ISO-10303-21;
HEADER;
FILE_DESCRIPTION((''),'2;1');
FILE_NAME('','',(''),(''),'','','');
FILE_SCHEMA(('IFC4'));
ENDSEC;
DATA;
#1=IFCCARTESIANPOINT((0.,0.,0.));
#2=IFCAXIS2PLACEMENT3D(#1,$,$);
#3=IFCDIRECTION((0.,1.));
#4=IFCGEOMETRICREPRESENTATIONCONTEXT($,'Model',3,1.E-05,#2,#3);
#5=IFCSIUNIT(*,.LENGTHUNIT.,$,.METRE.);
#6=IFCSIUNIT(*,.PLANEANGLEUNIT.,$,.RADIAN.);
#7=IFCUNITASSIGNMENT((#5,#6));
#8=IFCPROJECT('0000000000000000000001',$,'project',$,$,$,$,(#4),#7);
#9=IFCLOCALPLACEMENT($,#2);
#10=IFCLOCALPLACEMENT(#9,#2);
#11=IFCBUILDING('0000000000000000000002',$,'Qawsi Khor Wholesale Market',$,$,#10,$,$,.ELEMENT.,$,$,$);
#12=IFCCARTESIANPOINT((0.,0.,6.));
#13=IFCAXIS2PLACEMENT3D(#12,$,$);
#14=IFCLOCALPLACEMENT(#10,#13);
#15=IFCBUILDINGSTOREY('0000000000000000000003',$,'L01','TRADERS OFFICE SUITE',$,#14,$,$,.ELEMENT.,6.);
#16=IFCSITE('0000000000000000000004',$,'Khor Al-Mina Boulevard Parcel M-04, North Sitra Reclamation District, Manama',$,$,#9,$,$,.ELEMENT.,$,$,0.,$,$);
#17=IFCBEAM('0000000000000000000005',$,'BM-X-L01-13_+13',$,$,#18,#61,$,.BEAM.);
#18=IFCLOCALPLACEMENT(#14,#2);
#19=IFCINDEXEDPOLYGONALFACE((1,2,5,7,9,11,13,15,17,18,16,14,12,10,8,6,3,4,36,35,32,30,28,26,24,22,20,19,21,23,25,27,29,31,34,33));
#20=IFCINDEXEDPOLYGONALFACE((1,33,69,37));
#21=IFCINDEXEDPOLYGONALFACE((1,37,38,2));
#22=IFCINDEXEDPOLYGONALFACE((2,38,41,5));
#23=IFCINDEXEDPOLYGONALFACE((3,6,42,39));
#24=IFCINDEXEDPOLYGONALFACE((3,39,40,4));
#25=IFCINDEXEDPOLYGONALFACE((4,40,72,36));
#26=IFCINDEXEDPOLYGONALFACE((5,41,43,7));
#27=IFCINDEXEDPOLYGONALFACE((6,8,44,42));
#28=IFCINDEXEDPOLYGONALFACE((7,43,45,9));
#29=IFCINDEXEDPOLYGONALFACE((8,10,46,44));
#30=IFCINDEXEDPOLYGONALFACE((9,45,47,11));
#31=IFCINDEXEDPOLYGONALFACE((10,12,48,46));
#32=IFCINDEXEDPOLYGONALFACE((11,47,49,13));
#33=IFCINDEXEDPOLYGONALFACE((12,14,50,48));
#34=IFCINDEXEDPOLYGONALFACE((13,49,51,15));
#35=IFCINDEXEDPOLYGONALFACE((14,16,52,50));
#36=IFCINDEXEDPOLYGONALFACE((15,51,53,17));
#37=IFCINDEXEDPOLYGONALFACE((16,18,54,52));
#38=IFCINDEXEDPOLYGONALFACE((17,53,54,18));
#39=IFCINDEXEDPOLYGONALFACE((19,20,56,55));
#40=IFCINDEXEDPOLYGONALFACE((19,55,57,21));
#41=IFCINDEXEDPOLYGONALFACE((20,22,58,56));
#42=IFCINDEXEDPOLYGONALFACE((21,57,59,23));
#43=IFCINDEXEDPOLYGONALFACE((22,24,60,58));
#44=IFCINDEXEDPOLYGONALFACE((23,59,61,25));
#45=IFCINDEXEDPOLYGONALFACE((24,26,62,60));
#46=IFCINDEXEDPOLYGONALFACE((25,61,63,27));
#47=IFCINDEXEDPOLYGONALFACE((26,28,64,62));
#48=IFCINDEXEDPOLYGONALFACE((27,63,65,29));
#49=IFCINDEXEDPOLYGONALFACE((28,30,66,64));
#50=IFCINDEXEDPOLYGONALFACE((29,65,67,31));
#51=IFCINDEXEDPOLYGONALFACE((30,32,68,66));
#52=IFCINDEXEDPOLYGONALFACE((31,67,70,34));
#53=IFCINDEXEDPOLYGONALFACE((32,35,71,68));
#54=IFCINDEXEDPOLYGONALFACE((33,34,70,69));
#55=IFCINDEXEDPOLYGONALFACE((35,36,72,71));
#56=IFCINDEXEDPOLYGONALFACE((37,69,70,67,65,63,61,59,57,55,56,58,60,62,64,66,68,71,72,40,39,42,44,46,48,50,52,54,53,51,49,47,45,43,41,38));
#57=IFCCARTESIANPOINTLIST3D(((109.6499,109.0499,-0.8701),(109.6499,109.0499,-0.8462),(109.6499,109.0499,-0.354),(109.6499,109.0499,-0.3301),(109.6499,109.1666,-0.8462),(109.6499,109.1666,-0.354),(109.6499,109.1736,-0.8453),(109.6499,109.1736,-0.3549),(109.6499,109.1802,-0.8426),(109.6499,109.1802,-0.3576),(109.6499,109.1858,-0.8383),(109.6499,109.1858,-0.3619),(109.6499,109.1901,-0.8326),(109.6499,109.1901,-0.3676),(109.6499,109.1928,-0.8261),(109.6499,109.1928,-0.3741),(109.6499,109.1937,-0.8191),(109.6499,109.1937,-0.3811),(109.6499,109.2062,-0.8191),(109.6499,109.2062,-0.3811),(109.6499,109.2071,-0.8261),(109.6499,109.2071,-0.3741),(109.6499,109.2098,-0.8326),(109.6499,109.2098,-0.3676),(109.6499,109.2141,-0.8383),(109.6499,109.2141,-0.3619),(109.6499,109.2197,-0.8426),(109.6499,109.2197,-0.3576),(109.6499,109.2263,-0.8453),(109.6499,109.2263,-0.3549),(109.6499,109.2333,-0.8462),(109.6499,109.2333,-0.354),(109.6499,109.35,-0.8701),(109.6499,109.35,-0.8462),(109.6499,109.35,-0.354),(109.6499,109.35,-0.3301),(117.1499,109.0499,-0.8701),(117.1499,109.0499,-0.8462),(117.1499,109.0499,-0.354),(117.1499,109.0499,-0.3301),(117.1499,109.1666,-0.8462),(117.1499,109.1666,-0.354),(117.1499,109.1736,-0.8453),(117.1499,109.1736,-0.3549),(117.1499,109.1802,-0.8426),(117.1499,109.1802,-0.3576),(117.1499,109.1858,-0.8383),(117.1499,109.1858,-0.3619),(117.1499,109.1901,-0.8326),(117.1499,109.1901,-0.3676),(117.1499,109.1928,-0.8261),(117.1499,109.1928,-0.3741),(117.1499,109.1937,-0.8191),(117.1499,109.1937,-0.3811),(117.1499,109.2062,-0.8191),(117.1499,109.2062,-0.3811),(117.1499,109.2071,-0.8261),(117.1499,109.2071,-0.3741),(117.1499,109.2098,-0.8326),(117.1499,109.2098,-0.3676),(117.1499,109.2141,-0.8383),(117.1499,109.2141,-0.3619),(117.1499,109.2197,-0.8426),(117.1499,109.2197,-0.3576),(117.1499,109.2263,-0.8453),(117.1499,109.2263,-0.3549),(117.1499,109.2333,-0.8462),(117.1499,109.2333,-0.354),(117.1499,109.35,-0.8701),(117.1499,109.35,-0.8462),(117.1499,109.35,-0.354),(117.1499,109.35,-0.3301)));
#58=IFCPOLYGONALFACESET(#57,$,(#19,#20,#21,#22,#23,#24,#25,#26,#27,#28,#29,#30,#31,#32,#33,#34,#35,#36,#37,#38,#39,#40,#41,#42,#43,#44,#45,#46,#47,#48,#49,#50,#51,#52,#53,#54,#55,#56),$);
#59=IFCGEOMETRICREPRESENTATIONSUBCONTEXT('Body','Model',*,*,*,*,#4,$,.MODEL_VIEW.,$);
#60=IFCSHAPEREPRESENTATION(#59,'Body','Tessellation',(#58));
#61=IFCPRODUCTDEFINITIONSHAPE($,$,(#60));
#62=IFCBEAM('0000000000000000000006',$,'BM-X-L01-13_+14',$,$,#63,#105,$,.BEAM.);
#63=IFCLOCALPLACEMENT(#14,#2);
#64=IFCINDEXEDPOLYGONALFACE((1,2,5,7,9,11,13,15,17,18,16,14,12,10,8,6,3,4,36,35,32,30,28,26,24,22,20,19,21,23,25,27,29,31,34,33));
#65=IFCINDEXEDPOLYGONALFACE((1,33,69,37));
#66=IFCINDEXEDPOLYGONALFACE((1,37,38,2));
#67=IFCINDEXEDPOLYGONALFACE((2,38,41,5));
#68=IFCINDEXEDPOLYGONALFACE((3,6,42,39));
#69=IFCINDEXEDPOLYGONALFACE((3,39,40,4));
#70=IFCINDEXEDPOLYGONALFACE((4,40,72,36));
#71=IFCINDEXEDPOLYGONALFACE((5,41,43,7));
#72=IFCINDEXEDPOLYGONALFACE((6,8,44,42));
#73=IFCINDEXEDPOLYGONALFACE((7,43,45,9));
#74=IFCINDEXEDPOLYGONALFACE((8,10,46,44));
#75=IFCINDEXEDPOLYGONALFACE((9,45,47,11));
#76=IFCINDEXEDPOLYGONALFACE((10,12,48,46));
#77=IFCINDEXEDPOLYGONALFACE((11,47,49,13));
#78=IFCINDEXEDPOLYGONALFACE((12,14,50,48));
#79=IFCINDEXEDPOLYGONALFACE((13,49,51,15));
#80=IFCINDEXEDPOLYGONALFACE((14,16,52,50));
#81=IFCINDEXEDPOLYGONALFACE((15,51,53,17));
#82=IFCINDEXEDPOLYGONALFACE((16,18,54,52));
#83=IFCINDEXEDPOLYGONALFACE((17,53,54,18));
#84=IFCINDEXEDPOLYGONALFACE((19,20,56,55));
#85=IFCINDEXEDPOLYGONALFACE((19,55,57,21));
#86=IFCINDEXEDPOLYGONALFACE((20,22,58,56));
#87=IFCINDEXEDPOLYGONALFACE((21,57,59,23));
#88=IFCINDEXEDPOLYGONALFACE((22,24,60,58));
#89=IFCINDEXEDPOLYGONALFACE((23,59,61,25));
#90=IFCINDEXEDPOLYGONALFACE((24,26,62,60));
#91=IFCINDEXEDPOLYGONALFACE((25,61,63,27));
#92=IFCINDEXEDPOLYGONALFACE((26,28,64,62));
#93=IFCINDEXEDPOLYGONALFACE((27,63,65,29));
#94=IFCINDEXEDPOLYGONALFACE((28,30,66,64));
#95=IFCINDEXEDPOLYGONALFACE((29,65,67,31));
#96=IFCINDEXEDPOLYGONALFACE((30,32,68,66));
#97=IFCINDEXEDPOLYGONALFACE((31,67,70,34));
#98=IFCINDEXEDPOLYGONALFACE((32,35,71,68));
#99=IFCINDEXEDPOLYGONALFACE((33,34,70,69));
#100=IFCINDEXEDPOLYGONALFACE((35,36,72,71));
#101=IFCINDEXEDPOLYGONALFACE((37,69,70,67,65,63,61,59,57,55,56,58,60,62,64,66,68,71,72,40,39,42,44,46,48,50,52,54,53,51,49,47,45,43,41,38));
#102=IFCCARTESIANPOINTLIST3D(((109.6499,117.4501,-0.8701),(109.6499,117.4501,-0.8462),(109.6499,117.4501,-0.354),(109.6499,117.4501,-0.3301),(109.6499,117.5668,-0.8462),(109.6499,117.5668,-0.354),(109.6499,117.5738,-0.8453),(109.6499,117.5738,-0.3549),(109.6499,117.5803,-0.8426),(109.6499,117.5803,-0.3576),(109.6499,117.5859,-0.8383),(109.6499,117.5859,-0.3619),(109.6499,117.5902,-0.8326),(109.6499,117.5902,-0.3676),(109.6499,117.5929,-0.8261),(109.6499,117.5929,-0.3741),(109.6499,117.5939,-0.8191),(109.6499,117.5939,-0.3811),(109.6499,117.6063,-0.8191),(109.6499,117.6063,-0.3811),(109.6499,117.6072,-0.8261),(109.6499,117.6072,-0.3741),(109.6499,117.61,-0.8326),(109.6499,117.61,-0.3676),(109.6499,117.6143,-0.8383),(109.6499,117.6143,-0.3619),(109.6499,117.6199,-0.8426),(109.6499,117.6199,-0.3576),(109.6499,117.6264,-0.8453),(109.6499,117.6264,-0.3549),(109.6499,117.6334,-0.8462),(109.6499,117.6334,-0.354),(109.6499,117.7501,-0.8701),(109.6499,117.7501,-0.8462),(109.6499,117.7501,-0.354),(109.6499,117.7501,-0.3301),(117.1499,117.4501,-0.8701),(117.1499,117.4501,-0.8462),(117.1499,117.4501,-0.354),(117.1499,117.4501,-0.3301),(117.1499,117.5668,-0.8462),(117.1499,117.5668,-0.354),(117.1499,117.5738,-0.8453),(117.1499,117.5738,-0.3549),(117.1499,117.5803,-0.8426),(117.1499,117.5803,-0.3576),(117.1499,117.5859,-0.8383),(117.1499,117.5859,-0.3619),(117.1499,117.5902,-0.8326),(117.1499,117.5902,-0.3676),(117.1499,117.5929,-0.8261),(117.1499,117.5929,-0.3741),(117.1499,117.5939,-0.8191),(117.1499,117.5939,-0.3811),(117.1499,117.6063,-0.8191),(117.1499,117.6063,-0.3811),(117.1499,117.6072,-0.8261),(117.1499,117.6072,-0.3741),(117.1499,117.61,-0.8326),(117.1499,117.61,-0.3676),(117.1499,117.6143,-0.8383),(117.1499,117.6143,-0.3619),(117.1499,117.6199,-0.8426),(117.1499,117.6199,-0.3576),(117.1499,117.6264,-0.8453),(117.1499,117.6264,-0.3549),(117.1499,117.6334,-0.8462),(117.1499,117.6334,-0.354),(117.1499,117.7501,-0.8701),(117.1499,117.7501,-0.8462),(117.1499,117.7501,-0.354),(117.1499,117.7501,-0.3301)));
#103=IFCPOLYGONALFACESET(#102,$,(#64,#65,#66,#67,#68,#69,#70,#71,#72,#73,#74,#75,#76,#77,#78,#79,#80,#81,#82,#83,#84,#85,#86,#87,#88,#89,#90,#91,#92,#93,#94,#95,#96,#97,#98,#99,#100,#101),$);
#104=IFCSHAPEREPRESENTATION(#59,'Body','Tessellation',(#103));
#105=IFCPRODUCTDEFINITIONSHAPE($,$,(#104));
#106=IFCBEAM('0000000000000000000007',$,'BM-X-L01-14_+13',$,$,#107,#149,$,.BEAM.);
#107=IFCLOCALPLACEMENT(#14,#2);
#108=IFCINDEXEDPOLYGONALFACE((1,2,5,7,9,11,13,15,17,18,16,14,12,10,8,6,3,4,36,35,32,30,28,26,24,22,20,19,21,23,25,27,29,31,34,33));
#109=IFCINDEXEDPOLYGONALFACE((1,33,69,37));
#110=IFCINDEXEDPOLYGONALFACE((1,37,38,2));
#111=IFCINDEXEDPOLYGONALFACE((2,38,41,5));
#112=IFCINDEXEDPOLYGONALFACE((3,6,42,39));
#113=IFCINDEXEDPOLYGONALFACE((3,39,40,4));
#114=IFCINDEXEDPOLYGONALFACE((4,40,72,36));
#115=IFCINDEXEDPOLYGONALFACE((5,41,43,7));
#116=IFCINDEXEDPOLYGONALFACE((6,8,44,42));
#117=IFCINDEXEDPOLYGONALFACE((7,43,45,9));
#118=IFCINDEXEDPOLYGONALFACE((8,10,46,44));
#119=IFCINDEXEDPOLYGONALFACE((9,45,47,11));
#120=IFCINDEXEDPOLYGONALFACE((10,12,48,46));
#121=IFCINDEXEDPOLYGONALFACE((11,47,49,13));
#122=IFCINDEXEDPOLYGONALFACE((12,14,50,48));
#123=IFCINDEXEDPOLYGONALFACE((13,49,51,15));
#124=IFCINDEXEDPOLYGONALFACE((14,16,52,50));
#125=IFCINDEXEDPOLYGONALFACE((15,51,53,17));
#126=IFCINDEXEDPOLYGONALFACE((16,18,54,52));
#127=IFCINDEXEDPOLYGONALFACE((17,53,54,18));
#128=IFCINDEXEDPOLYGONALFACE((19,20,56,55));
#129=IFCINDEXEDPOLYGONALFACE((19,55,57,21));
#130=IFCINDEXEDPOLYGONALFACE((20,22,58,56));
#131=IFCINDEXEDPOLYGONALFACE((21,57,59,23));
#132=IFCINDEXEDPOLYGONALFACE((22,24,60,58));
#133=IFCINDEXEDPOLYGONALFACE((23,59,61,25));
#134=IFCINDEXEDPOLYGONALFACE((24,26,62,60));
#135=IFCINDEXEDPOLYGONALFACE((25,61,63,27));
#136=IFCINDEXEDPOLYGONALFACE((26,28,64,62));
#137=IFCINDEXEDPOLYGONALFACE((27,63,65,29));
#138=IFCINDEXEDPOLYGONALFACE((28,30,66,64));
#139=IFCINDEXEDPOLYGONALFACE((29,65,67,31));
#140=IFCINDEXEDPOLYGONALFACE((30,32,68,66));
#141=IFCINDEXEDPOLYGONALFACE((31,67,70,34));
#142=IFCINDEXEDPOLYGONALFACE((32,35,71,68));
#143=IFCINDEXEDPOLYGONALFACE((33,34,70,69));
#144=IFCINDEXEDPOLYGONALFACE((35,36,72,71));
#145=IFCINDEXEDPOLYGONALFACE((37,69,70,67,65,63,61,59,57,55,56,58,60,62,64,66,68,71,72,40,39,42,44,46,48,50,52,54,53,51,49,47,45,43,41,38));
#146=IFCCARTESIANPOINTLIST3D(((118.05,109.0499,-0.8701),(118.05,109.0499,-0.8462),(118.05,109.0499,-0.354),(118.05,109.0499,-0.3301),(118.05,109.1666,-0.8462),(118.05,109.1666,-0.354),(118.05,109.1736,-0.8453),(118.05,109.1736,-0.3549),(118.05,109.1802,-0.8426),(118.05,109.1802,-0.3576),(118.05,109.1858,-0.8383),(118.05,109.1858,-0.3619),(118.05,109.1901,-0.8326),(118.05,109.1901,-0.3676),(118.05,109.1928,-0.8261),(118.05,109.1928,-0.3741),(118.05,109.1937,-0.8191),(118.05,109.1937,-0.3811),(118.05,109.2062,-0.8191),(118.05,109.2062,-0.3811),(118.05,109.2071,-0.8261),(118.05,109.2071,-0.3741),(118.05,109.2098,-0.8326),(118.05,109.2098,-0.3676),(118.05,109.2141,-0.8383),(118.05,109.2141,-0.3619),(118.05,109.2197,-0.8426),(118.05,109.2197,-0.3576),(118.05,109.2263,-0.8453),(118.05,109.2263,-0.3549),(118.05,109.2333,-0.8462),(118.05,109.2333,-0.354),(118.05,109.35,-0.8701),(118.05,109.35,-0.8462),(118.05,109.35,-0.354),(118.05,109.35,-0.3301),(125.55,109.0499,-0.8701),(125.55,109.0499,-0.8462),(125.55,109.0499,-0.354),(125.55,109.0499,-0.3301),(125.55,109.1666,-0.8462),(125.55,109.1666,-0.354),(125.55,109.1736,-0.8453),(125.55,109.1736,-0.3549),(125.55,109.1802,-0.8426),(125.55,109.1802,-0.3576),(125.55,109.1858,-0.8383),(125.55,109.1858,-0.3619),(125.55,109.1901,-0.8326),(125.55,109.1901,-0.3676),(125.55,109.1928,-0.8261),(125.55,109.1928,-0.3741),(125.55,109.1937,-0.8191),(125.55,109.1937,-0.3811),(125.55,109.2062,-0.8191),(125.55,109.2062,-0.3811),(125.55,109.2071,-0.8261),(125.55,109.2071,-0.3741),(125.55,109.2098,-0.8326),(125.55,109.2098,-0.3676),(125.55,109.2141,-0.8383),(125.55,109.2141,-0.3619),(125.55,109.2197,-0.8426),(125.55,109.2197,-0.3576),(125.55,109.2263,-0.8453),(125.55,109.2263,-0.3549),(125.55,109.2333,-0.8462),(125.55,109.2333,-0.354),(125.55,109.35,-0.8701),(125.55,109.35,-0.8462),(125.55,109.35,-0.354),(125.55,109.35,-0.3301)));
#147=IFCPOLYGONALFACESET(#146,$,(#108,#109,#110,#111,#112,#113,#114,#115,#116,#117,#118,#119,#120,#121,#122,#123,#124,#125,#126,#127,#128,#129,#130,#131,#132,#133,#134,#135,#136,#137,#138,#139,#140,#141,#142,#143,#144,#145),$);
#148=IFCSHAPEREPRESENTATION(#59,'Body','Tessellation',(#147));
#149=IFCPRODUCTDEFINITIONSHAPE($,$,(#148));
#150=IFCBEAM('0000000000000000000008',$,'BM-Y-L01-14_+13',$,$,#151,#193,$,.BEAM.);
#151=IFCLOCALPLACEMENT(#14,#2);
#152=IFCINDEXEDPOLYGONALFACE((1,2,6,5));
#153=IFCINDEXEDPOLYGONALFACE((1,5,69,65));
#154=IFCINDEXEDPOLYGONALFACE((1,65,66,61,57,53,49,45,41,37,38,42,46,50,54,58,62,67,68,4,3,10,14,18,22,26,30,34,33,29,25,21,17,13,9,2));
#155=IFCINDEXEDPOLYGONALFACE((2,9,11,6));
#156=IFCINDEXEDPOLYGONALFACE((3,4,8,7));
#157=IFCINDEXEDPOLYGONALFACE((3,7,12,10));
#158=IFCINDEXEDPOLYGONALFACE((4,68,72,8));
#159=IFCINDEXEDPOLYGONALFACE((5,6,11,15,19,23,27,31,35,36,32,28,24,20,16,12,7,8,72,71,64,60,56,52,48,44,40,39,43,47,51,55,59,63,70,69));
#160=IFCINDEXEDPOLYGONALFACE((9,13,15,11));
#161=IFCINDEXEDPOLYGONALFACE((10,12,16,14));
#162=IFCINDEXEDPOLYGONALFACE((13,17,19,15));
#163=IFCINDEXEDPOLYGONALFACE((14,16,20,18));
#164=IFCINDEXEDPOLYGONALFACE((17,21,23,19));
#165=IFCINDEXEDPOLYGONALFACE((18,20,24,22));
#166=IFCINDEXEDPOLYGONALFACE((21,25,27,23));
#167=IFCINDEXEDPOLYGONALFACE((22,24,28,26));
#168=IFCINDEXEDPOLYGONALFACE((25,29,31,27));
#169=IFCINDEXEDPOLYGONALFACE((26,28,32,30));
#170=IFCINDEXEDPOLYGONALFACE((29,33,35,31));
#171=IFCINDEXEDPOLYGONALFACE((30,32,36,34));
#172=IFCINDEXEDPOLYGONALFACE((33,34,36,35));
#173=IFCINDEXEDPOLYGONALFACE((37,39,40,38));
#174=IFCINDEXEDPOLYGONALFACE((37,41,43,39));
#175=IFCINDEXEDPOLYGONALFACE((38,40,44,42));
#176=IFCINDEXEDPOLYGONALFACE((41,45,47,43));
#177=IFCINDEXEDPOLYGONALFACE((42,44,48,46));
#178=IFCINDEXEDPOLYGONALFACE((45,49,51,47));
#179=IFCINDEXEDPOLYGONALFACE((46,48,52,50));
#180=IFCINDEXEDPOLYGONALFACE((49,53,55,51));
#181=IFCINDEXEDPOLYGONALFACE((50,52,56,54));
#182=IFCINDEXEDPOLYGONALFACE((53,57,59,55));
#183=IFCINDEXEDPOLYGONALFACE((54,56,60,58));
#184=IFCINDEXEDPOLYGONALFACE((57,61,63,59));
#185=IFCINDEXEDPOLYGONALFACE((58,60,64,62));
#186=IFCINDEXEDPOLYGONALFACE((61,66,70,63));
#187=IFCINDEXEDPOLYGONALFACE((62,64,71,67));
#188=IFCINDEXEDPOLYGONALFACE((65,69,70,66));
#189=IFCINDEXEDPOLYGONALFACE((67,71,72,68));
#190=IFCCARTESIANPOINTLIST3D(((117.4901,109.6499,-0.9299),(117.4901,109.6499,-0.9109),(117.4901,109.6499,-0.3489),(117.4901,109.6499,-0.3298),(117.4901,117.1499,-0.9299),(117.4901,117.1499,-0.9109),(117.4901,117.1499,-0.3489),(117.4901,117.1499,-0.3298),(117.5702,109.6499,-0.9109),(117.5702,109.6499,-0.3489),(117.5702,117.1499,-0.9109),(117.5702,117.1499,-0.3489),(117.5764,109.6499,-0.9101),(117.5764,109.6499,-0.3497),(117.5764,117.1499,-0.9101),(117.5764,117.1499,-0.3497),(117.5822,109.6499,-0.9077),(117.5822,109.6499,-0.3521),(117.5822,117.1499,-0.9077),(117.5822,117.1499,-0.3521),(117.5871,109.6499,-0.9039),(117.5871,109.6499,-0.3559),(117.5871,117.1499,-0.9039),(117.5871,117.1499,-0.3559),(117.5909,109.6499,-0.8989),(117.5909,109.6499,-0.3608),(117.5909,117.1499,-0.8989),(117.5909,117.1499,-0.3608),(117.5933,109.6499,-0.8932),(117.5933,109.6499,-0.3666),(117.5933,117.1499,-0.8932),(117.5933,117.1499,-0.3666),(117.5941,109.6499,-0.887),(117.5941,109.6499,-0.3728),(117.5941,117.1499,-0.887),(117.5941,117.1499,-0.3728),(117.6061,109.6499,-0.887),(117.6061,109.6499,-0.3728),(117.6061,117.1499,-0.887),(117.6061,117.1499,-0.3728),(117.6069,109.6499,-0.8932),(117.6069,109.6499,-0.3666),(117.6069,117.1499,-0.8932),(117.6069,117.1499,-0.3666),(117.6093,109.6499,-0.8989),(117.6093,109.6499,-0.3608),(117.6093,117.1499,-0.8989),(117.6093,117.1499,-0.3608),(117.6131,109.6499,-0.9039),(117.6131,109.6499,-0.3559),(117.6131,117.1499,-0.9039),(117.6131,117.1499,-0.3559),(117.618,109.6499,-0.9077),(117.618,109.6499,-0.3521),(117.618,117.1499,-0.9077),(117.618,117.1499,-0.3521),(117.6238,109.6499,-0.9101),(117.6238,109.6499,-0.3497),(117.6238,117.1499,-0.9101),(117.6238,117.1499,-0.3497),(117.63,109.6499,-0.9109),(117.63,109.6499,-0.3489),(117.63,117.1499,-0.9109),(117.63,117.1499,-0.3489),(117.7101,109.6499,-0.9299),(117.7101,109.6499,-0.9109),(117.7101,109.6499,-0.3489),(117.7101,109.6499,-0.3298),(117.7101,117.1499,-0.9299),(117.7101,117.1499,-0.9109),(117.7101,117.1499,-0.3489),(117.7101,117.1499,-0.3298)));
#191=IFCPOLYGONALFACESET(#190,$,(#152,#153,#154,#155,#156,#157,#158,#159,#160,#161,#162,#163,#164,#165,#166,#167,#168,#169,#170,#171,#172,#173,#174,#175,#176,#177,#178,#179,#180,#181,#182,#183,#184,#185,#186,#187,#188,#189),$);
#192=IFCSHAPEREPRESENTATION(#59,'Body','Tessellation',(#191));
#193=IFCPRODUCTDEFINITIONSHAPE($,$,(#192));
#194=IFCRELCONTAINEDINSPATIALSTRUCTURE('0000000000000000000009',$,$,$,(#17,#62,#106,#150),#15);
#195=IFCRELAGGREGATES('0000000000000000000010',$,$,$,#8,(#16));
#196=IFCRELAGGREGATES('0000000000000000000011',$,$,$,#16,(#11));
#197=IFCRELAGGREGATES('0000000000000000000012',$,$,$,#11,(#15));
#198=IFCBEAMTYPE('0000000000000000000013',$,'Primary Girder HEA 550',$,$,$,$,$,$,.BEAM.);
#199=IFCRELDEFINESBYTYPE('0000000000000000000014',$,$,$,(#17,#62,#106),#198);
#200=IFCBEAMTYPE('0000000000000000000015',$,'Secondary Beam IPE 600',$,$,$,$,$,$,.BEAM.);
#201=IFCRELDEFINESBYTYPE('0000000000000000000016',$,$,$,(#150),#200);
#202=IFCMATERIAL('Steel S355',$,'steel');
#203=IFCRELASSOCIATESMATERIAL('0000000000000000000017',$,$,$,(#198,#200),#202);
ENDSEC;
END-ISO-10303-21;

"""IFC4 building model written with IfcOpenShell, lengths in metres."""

from ifc_helpers import new_model, si_unit, direction, frame, origin, origin_2d, place, context, subcontext, project, spatial, i_section, extrude, material, material_profile, profile_set, type_object, element, save


model = new_model("IFC4")

# Units and contexts
model_context = context("Model", 3, precision=1e-05, world=origin(), true_north=direction((0.0, 1.0)))
body_context = subcontext(model_context, "Body", "Model", "MODEL_VIEW")
ifc_project = project(units=[si_unit("LENGTHUNIT", "METRE"), si_unit("PLANEANGLEUNIT", "RADIAN")], contexts=[model_context])

# Site, building, storey
site_placement = place(None, origin())
site = spatial("IfcSite", under=ifc_project, at=site_placement, Name="Khor Al-Mina Boulevard Parcel M-04, North Sitra Reclamation District, Manama", CompositionType="ELEMENT", RefElevation=0.0)
building_placement = place(site_placement, origin())
building = spatial("IfcBuilding", under=site, at=building_placement, Name="Qawsi Khor Wholesale Market", CompositionType="ELEMENT")
storey_placement = place(building_placement, frame((0.0, 0.0, 6.0)))
storey = spatial("IfcBuildingStorey", under=building, at=storey_placement, Name="L01", Description="TRADERS OFFICE SUITE", CompositionType="ELEMENT", Elevation=6.0)

# Beams
ifc_material_1 = material(Name="Steel S355", Category="steel")
ifc_material_profile_1 = material_profile(ifc_material_1, i_section(OverallWidth=0.3, OverallDepth=0.54, WebThickness=0.0125, FlangeThickness=0.0239, FilletRadius=0.0271, at=origin_2d()), Name="HEA 550")
ifc_profile_set_1 = profile_set([ifc_material_profile_1], Name="Steel S355")
beam_type_1 = type_object("IfcBeamType", Name="Primary Girder HEA 550", PredefinedType="BEAM", material=ifc_profile_set_1)
for number, where, z_axis, x_axis, name in (
    (1, (109.6499, 109.2, -0.6001), (1.0, 0.0, 0.0), (0.0, 1.0, 0.0), "BM-X-L01-13_+13"),
    (2, (109.6499, 117.6001, -0.6001), (1.0, 0.0, 0.0), (0.0, 1.0, 0.0), "BM-X-L01-13_+14"),
    (3, (118.05, 109.2, -0.6001), (1.0, 0.0, 0.0), (0.0, 1.0, 0.0), "BM-X-L01-14_+13"),
):
    element("IfcBeam", number, at=place(storey_placement, frame(where, z_axis=z_axis, x_axis=x_axis)), inside=storey, type_object=beam_type_1, Name=name, PredefinedType="BEAM", context=body_context, shape_type="SweptSolid", body=[
        extrude(i_section(OverallWidth=0.3, OverallDepth=0.54, WebThickness=0.0125, FlangeThickness=0.0239, FilletRadius=0.0271, at=origin_2d()), origin(), (0.0, 0.0, 1.0), 7.5),
    ])
ifc_material_profile_2 = material_profile(ifc_material_1, i_section(OverallWidth=0.22, OverallDepth=0.6001, WebThickness=0.012, FlangeThickness=0.019, FilletRadius=0.0239, at=origin_2d()), Name="IPE 600")
ifc_profile_set_2 = profile_set([ifc_material_profile_2], Name="Steel S355")
beam_type_2 = type_object("IfcBeamType", Name="Secondary Beam IPE 600", PredefinedType="BEAM", material=ifc_profile_set_2)
beam_placement = place(storey_placement, frame((117.6001, 109.6499, -0.6299), z_axis=(0.0, 1.0, 0.0), x_axis=(-1.0, 0.0, 0.0)))
element("IfcBeam", 4, at=beam_placement, inside=storey, type_object=beam_type_2, Name="BM-Y-L01-14_+13", PredefinedType="BEAM", context=body_context, shape_type="SweptSolid", body=[
    extrude(i_section(OverallWidth=0.22, OverallDepth=0.6001, WebThickness=0.012, FlangeThickness=0.019, FilletRadius=0.0239, at=origin_2d()), origin(), (0.0, 0.0, 1.0), 7.5),
])

save(model, "model.ifc")
